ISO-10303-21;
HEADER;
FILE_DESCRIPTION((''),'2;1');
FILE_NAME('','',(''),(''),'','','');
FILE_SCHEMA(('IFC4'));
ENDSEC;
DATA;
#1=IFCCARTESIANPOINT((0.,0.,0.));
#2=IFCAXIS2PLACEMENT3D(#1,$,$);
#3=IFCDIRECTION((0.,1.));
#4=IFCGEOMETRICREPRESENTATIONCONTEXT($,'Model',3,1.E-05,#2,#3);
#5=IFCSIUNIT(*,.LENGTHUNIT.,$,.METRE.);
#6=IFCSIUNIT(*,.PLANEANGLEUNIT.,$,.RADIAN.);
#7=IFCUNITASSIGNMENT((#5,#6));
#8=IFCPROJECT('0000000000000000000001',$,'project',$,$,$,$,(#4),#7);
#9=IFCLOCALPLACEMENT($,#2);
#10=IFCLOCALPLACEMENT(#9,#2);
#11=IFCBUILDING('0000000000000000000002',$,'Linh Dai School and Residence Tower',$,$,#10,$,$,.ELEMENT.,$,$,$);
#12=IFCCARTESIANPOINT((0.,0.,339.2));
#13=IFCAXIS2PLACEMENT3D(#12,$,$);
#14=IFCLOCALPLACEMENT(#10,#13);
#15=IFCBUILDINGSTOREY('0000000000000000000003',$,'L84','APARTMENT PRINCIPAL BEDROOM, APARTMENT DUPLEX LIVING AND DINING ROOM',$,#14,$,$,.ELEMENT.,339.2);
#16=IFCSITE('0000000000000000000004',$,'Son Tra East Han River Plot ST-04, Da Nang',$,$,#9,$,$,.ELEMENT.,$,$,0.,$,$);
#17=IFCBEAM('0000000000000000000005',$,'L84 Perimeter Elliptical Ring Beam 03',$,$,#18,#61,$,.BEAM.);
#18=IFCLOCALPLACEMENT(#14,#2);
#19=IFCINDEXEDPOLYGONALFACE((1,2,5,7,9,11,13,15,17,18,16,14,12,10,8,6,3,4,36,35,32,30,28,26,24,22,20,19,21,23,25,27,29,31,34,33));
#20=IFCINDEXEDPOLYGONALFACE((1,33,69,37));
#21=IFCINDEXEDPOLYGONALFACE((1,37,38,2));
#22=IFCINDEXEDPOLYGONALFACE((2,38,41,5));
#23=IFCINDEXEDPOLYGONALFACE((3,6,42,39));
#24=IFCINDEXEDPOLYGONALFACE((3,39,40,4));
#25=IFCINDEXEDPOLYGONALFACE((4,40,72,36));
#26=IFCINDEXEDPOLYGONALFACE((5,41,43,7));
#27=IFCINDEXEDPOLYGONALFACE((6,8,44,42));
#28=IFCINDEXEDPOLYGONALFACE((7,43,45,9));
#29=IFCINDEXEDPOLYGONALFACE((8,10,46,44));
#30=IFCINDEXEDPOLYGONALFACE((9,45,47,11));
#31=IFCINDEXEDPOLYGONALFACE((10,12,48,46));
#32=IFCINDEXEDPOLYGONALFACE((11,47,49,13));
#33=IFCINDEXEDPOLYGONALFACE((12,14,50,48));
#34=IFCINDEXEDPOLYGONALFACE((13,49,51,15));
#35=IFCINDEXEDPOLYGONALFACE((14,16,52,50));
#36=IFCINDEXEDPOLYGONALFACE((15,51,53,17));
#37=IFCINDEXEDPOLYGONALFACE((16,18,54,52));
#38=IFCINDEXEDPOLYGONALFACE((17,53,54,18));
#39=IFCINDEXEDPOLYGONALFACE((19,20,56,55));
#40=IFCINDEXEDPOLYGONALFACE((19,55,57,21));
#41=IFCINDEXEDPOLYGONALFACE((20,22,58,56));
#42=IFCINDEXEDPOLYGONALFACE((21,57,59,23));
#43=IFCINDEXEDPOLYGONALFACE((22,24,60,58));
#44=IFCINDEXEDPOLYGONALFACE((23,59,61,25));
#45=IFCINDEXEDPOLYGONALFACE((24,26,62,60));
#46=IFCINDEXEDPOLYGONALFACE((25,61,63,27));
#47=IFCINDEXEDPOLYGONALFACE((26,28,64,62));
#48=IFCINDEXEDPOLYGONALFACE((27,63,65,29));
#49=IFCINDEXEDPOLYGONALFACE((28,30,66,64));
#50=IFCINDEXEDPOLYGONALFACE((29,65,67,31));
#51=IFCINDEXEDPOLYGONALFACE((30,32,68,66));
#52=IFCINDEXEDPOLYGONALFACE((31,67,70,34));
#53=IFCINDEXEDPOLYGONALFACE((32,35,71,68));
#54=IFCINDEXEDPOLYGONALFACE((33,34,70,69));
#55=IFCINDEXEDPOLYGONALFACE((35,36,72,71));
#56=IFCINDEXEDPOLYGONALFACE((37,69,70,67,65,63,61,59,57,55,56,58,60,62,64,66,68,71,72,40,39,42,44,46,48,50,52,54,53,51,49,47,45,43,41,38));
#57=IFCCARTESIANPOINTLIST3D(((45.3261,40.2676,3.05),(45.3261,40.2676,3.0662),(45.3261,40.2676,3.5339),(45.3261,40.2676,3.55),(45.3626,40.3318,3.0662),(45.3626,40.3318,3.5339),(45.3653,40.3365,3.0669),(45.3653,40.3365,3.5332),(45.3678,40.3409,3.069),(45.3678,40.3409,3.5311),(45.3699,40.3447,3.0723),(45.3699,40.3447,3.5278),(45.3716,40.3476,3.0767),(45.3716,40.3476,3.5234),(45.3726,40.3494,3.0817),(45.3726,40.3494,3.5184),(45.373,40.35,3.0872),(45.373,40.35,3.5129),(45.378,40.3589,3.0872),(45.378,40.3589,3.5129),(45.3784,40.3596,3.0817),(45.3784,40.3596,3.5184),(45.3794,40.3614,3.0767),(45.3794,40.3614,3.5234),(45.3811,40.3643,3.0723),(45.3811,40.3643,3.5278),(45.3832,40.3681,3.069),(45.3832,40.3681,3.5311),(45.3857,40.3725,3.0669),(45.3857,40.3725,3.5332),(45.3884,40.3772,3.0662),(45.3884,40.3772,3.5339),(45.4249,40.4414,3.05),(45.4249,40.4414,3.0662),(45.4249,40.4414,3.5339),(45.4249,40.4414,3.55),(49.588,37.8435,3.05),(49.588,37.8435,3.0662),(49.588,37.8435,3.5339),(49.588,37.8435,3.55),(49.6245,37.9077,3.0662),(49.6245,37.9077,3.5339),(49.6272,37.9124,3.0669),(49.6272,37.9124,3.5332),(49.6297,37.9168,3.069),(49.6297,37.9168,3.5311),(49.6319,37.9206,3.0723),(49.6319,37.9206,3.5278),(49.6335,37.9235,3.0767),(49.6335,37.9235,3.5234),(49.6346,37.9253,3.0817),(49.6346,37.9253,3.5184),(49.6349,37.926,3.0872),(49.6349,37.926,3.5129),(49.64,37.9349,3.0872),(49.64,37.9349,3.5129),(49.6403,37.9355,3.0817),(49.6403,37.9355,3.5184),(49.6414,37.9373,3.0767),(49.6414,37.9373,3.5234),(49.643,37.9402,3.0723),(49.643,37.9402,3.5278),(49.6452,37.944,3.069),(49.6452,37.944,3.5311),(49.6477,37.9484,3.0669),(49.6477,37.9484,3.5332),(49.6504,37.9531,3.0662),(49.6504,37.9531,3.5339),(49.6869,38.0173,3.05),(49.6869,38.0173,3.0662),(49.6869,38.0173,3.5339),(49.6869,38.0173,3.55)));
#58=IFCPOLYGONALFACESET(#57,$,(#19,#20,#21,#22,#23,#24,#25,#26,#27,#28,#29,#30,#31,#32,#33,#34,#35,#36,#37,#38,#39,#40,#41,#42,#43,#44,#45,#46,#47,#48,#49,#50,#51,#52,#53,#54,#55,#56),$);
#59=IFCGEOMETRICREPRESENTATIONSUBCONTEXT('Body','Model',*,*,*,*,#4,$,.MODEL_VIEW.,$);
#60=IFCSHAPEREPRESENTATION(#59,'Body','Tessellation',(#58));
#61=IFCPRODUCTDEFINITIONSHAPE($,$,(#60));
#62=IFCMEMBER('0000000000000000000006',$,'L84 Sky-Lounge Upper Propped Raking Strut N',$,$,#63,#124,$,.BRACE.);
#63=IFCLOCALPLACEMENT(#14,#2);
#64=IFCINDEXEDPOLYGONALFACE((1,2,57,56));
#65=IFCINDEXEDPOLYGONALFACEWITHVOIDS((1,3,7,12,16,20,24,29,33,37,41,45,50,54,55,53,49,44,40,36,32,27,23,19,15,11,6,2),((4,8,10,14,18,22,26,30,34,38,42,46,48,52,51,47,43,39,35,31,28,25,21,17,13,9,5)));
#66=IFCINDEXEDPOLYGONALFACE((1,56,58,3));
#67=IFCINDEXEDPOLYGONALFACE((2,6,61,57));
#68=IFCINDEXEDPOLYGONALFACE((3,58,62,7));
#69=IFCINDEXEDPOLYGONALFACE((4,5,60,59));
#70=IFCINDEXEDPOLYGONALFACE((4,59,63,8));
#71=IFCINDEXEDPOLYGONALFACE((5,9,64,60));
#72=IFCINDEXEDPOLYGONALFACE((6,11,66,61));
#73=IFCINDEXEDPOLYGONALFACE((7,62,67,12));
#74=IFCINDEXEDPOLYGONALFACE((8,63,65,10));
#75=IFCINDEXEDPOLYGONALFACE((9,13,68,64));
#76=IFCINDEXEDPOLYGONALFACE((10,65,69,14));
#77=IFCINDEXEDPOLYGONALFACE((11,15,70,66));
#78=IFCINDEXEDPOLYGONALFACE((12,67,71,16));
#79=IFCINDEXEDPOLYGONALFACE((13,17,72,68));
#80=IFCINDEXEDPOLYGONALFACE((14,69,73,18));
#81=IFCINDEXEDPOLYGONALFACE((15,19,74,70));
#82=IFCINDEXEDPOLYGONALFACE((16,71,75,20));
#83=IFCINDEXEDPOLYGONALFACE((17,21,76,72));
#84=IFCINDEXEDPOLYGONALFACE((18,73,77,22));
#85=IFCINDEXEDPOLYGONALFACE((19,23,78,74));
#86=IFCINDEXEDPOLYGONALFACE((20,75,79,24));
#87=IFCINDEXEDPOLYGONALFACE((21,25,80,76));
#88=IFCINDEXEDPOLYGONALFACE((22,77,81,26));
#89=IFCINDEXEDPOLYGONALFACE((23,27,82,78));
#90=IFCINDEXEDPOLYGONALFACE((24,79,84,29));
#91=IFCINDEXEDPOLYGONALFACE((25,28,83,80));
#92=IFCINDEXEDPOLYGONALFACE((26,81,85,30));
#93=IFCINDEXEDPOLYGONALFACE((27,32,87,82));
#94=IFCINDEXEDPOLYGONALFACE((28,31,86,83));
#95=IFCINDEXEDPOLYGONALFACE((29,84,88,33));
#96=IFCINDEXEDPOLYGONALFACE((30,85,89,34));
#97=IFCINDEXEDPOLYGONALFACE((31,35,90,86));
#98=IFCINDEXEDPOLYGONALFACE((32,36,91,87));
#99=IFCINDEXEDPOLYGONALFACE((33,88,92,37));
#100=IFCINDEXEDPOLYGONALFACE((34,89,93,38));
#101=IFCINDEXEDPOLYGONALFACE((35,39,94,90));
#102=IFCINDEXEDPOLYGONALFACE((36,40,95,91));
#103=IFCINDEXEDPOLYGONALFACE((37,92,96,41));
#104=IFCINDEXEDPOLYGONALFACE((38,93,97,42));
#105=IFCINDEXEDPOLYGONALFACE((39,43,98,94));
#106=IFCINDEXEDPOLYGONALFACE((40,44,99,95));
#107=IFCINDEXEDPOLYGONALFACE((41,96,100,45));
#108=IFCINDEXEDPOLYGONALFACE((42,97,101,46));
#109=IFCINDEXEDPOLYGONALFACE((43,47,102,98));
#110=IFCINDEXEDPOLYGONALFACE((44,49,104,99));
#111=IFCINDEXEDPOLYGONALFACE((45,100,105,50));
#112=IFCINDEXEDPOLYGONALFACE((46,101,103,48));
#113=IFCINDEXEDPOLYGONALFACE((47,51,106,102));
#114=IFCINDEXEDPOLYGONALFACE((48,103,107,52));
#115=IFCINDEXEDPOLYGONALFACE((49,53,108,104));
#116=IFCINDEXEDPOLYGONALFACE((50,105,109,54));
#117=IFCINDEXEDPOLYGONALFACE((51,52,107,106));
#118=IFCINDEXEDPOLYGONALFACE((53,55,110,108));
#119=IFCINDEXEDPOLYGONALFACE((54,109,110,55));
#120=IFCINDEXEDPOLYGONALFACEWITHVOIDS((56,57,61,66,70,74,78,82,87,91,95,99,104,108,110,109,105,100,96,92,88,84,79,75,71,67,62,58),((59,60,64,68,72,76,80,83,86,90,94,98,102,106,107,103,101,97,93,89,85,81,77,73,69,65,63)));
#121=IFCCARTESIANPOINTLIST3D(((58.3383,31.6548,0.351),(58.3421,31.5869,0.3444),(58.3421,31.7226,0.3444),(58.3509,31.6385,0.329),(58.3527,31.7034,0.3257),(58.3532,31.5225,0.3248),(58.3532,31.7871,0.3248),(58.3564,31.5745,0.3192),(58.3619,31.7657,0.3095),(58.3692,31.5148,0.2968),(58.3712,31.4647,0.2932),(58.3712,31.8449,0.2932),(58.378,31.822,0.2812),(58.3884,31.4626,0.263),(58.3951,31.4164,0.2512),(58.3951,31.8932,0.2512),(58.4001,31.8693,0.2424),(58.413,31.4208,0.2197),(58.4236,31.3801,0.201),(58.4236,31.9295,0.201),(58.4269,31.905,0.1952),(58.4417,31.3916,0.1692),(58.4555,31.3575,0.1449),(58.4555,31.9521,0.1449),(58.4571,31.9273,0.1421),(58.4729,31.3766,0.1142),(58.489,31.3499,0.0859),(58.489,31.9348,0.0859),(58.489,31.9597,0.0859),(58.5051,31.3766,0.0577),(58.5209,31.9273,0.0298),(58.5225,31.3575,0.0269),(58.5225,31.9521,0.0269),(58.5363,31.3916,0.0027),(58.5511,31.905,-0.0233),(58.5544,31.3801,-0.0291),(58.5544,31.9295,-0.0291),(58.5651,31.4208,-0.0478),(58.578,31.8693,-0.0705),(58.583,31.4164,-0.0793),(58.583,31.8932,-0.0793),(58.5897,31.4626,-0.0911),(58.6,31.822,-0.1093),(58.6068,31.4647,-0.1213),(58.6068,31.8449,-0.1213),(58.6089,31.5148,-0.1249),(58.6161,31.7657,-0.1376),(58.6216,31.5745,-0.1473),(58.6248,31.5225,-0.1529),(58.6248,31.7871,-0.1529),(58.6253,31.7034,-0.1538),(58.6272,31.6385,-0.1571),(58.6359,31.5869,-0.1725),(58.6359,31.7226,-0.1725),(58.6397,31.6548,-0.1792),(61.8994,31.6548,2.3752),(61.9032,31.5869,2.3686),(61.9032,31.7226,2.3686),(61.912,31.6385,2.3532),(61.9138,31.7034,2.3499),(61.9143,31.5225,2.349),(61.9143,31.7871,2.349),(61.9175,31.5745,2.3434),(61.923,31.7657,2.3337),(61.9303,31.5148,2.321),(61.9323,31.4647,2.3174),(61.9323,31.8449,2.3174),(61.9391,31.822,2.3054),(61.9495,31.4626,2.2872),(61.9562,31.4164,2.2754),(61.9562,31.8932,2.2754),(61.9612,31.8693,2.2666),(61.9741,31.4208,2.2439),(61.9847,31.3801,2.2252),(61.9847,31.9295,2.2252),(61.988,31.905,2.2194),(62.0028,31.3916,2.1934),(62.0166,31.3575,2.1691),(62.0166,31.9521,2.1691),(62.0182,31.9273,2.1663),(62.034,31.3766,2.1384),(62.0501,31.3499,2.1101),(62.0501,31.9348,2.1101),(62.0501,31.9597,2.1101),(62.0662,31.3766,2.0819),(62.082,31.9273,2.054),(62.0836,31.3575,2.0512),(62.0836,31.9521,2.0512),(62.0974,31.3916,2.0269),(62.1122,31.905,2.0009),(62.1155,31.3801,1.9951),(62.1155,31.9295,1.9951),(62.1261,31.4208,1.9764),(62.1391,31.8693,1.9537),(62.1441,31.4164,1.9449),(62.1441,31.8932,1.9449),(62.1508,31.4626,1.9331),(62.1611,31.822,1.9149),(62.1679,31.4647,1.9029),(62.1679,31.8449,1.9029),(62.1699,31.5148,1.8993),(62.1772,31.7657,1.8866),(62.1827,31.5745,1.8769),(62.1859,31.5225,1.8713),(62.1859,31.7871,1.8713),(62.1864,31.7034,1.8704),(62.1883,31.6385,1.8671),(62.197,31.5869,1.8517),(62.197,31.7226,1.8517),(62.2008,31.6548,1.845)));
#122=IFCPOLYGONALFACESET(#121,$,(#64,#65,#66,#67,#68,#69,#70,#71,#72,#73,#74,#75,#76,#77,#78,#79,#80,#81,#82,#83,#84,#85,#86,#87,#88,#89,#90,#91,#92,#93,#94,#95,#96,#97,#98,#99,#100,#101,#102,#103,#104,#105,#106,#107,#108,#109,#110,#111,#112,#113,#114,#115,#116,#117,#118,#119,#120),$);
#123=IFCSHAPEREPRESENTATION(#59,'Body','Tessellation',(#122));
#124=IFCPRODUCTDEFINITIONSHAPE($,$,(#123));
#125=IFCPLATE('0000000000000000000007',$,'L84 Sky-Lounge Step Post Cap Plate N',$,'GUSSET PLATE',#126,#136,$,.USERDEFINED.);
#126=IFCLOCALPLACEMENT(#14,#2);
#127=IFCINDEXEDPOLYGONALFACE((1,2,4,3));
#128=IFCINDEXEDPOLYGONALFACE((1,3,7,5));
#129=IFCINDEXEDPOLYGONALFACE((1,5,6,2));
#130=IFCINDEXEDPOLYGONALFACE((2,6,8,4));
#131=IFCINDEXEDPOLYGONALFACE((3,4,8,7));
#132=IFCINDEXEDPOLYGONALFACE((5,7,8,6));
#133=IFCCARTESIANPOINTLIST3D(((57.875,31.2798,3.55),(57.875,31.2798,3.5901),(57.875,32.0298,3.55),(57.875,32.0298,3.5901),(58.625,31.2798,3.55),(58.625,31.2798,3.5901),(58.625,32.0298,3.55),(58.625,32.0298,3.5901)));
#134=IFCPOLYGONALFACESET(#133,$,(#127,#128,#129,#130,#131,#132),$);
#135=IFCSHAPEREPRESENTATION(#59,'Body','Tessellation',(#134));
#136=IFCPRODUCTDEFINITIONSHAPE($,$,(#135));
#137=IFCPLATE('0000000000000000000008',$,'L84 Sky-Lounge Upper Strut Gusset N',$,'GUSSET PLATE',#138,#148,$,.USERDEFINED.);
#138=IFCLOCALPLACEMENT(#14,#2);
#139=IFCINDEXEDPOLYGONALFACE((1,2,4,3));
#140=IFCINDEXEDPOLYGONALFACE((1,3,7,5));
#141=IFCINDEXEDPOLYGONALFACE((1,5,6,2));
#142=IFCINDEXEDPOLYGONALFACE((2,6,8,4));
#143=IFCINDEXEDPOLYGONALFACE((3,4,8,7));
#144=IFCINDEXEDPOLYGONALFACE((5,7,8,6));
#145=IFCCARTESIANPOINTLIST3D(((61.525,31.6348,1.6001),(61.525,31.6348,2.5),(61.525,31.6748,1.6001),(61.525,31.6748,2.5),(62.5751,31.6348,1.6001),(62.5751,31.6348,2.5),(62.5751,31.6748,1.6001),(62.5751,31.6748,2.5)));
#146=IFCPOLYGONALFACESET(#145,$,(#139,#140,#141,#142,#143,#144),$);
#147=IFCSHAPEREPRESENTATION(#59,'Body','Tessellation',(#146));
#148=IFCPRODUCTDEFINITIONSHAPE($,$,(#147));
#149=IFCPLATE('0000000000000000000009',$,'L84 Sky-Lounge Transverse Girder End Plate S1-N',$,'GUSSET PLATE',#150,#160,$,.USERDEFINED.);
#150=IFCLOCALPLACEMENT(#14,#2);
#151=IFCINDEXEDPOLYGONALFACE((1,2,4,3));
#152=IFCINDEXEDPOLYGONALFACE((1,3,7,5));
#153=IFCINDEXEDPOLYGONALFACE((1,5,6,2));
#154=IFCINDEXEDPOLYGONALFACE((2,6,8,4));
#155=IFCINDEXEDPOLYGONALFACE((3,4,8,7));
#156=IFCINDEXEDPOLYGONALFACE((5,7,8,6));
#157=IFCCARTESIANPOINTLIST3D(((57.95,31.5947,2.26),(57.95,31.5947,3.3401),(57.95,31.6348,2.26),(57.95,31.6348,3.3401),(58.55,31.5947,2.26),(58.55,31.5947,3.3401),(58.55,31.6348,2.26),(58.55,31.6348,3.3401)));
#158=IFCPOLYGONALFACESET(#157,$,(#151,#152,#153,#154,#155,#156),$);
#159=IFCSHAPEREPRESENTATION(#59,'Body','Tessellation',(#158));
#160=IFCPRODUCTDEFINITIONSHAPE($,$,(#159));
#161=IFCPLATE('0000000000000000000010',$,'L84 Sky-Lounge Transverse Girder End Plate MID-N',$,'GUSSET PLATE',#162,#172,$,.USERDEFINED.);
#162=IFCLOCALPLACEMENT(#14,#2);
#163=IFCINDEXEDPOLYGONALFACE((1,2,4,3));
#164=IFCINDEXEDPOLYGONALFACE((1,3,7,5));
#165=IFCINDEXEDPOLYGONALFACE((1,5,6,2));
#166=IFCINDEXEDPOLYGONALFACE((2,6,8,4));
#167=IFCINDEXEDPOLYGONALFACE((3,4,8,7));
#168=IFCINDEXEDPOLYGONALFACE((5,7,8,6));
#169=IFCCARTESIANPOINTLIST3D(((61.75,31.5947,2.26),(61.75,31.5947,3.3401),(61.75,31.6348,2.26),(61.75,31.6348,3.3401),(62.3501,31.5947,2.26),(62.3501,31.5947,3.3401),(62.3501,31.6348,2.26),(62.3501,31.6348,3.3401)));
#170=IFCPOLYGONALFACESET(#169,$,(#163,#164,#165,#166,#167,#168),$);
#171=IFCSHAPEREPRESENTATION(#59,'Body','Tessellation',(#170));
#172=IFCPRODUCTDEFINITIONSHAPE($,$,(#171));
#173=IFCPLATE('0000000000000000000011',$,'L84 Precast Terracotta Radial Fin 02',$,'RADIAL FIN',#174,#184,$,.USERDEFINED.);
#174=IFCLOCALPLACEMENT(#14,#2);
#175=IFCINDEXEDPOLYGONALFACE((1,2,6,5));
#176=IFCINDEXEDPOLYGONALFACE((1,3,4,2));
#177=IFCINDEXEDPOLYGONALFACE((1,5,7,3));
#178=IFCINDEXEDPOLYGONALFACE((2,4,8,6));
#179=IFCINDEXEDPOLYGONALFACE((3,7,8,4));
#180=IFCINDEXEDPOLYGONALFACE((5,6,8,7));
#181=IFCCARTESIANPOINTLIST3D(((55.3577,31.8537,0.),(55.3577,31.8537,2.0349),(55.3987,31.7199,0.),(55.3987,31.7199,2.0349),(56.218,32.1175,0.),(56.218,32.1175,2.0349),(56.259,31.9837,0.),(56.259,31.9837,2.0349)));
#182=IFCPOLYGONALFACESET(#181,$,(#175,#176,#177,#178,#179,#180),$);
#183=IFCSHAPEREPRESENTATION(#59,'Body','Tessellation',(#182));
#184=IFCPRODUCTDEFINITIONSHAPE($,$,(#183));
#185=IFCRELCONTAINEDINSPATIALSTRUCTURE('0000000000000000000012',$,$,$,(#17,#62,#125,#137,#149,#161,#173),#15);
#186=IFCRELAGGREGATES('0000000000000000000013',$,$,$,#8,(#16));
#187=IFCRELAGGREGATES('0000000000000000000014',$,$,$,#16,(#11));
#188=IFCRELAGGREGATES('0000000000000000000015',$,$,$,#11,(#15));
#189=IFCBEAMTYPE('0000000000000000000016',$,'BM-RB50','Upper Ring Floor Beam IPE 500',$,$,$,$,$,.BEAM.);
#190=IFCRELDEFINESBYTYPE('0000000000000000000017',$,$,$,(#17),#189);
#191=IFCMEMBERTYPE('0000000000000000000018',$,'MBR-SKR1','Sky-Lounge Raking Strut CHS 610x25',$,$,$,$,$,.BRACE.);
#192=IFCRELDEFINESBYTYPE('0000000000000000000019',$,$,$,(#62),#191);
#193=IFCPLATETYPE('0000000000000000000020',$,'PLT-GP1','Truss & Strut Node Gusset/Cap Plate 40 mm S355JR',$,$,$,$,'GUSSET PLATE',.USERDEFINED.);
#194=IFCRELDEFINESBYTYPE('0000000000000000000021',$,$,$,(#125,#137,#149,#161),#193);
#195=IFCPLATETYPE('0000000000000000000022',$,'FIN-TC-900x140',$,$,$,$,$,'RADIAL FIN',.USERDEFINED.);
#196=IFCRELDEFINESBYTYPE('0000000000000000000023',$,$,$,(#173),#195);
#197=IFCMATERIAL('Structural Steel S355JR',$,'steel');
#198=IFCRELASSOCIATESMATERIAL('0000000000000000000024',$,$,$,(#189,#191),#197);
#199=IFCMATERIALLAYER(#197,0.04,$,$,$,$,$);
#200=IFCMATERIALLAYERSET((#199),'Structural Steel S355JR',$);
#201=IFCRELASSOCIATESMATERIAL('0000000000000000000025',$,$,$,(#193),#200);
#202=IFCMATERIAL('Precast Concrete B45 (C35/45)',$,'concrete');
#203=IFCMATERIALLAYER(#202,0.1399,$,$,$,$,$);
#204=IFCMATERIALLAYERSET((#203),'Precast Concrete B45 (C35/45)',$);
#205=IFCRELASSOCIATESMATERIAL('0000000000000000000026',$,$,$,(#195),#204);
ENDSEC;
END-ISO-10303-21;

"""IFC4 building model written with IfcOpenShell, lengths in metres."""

from ifc_helpers import new_model, si_unit, direction, frame, origin, origin_2d, place, context, subcontext, project, spatial, rectangle, hollow_circle, i_section, extrude, source, transform, mapped, material, layer, layer_set, material_profile, profile_set, type_object, element, save


model = new_model("IFC4")

# Units and contexts
model_context = context("Model", 3, precision=1e-05, world=origin(), true_north=direction((0.0, 1.0)))
body_context = subcontext(model_context, "Body", "Model", "MODEL_VIEW")
ifc_project = project(units=[si_unit("LENGTHUNIT", "METRE"), si_unit("PLANEANGLEUNIT", "RADIAN")], contexts=[model_context])

# Site, building, storey
site_placement = place(None, origin())
site = spatial("IfcSite", under=ifc_project, at=site_placement, Name="Son Tra East Han River Plot ST-04, Da Nang", CompositionType="ELEMENT", RefElevation=0.0)
building_placement = place(site_placement, origin())
building = spatial("IfcBuilding", under=site, at=building_placement, Name="Linh Dai School and Residence Tower", CompositionType="ELEMENT")
storey_placement = place(building_placement, frame((0.0, 0.0, 339.2)))
storey = spatial("IfcBuildingStorey", under=building, at=storey_placement, Name="L84", Description="APARTMENT PRINCIPAL BEDROOM, APARTMENT DUPLEX LIVING AND DINING ROOM", CompositionType="ELEMENT", Elevation=339.2)

# Shared definitions
ifc_material_1 = material(Name="Structural Steel S355JR", Category="steel")

# Beam
ifc_material_profile_1 = material_profile(ifc_material_1, i_section(OverallWidth=0.2, OverallDepth=0.5, WebThickness=0.0103, FlangeThickness=0.0161, FilletRadius=0.021, at=origin_2d()), Name="IPE 500")
ifc_profile_set_1 = profile_set([ifc_material_profile_1], Name="Structural Steel S355JR")
beam_type = type_object("IfcBeamType", Name="BM-RB50", Description="Upper Ring Floor Beam IPE 500", PredefinedType="BEAM", material=ifc_profile_set_1)
beam_1_placement = place(storey_placement, frame((49.6375, 37.9304, 3.3), z_axis=(-0.869237, 0.494395, 0.0), x_axis=(-0.494395, -0.869237, 0.0)))
element("IfcBeam", 1, at=beam_1_placement, inside=storey, type_object=beam_type, Name="L84 Perimeter Elliptical Ring Beam 03", PredefinedType="BEAM", context=body_context, shape_type="SweptSolid", body=[
    extrude(i_section(OverallWidth=0.2, OverallDepth=0.5, WebThickness=0.0103, FlangeThickness=0.0161, FilletRadius=0.021, at=origin_2d()), origin(), (0.0, 0.0, 1.0), 4.9031),
])

# Member
ifc_material_profile_2 = material_profile(ifc_material_1, hollow_circle(Radius=0.3049, WallThickness=0.0249, at=origin_2d()), Name="CHS 610x25")
ifc_profile_set_2 = profile_set([ifc_material_profile_2], Name="Structural Steel S355JR")
member_type = type_object("IfcMemberType", Name="MBR-SKR1", Description="Sky-Lounge Raking Strut CHS 610x25", PredefinedType="BRACE", material=ifc_profile_set_2)
member_placement = place(storey_placement, frame((58.489, 31.6548, 0.0859), z_axis=(0.869367, 0.0, 0.494167), x_axis=(0.0, 1.0, 0.0)))
element("IfcMember", 2, at=member_placement, inside=storey, type_object=member_type, Name="L84 Sky-Lounge Upper Propped Raking Strut N", PredefinedType="BRACE", context=body_context, shape_type="SweptSolid", body=[
    extrude(hollow_circle(Radius=0.3049, WallThickness=0.0249, at=origin_2d()), origin(), (0.0, 0.0, 1.0), 4.0962),
])

# Plates
ifc_layer_1 = layer(ifc_material_1, 0.04)
ifc_layer_set_1 = layer_set([ifc_layer_1], Name="Structural Steel S355JR")
plate_type_1 = type_object("IfcPlateType", Name="PLT-GP1", Description="Truss & Strut Node Gusset/Cap Plate 40 mm S355JR", ElementType="GUSSET PLATE", PredefinedType="USERDEFINED", material=ifc_layer_set_1)
shared_shape_1 = source(origin(), body_context, "Body", "SweptSolid", [
    extrude(rectangle(XDim=0.75, YDim=0.75, at=origin_2d()), origin(), (0.0, 0.0, 1.0), 0.04),
])
plate_1_placement = place(storey_placement, frame((58.25, 31.6548, 3.55), z_axis=(0.0, 0.0, 1.0), x_axis=(1.0, 0.0, 0.0)))
element("IfcPlate", 3, at=plate_1_placement, inside=storey, type_object=plate_type_1, Name="L84 Sky-Lounge Step Post Cap Plate N", ObjectType="GUSSET PLATE", PredefinedType="USERDEFINED", context=body_context, shape_type="MappedRepresentation", body=[
    mapped(shared_shape_1, transform((0.0, 0.0, 0.0), x_axis=(1.0, 0.0, 0.0), y_axis=(0.0, 1.0, 0.0), z_axis=(0.0, 0.0, 1.0), scale=1.0)),
])
shared_shape_2 = source(origin(), body_context, "Body", "SweptSolid", [
    extrude(rectangle(XDim=1.05, YDim=0.04, at=origin_2d()), origin(), (0.0, 0.0, 1.0), 0.8999),
])
plate_2_placement = place(storey_placement, frame((62.05, 31.6548, 1.6001), z_axis=(0.0, 0.0, 1.0), x_axis=(1.0, 0.0, 0.0)))
element("IfcPlate", 4, at=plate_2_placement, inside=storey, type_object=plate_type_1, Name="L84 Sky-Lounge Upper Strut Gusset N", ObjectType="GUSSET PLATE", PredefinedType="USERDEFINED", context=body_context, shape_type="MappedRepresentation", body=[
    mapped(shared_shape_2, transform((0.0, 0.0, 0.0), x_axis=(1.0, 0.0, 0.0), y_axis=(0.0, 1.0, 0.0), z_axis=(0.0, 0.0, 1.0), scale=1.0)),
])
shared_shape_3 = source(origin(), body_context, "Body", "SweptSolid", [
    extrude(rectangle(XDim=0.6001, YDim=0.04, at=origin_2d()), origin(), (0.0, 0.0, 1.0), 1.0801),
])
for number, where, z_axis, x_axis, name in (
    (5, (58.25, 31.6147, 2.26), (0.0, 0.0, 1.0), (1.0, 0.0, 0.0), "L84 Sky-Lounge Transverse Girder End Plate S1-N"),
    (6, (62.05, 31.6147, 2.26), (0.0, 0.0, 1.0), (1.0, 0.0, 0.0), "L84 Sky-Lounge Transverse Girder End Plate MID-N"),
):
    element("IfcPlate", number, at=place(storey_placement, frame(where, z_axis=z_axis, x_axis=x_axis)), inside=storey, type_object=plate_type_1, Name=name, ObjectType="GUSSET PLATE", PredefinedType="USERDEFINED", context=body_context, shape_type="MappedRepresentation", body=[
        mapped(shared_shape_3, transform((0.0, 0.0, 0.0), x_axis=(1.0, 0.0, 0.0), y_axis=(0.0, 1.0, 0.0), z_axis=(0.0, 0.0, 1.0), scale=1.0)),
    ])
ifc_material_2 = material(Name="Precast Concrete B45 (C35/45)", Category="concrete")
ifc_layer_2 = layer(ifc_material_2, 0.1399)
ifc_layer_set_2 = layer_set([ifc_layer_2], Name="Precast Concrete B45 (C35/45)")
plate_type_2 = type_object("IfcPlateType", Name="FIN-TC-900x140", ElementType="RADIAL FIN", PredefinedType="USERDEFINED", material=ifc_layer_set_2)
shared_shape_4 = source(origin(), body_context, "Body", "SweptSolid", [
    extrude(rectangle(XDim=0.8999, YDim=0.1399, at=origin_2d()), origin(), (0.0, 0.0, 1.0), 2.0349),
])
plate_3_placement = place(storey_placement, frame((55.8083, 31.9187, 0.0), z_axis=(0.0, 0.0, 1.0), x_axis=(0.956083, 0.293095, 0.0)))
element("IfcPlate", 7, at=plate_3_placement, inside=storey, type_object=plate_type_2, Name="L84 Precast Terracotta Radial Fin 02", ObjectType="RADIAL FIN", PredefinedType="USERDEFINED", context=body_context, shape_type="MappedRepresentation", body=[
    mapped(shared_shape_4, transform((0.0, 0.0, 0.0), x_axis=(1.0, 0.0, 0.0), y_axis=(0.0, 1.0, 0.0), z_axis=(0.0, 0.0, 1.0), scale=1.0)),
])

save(model, "model.ifc")
